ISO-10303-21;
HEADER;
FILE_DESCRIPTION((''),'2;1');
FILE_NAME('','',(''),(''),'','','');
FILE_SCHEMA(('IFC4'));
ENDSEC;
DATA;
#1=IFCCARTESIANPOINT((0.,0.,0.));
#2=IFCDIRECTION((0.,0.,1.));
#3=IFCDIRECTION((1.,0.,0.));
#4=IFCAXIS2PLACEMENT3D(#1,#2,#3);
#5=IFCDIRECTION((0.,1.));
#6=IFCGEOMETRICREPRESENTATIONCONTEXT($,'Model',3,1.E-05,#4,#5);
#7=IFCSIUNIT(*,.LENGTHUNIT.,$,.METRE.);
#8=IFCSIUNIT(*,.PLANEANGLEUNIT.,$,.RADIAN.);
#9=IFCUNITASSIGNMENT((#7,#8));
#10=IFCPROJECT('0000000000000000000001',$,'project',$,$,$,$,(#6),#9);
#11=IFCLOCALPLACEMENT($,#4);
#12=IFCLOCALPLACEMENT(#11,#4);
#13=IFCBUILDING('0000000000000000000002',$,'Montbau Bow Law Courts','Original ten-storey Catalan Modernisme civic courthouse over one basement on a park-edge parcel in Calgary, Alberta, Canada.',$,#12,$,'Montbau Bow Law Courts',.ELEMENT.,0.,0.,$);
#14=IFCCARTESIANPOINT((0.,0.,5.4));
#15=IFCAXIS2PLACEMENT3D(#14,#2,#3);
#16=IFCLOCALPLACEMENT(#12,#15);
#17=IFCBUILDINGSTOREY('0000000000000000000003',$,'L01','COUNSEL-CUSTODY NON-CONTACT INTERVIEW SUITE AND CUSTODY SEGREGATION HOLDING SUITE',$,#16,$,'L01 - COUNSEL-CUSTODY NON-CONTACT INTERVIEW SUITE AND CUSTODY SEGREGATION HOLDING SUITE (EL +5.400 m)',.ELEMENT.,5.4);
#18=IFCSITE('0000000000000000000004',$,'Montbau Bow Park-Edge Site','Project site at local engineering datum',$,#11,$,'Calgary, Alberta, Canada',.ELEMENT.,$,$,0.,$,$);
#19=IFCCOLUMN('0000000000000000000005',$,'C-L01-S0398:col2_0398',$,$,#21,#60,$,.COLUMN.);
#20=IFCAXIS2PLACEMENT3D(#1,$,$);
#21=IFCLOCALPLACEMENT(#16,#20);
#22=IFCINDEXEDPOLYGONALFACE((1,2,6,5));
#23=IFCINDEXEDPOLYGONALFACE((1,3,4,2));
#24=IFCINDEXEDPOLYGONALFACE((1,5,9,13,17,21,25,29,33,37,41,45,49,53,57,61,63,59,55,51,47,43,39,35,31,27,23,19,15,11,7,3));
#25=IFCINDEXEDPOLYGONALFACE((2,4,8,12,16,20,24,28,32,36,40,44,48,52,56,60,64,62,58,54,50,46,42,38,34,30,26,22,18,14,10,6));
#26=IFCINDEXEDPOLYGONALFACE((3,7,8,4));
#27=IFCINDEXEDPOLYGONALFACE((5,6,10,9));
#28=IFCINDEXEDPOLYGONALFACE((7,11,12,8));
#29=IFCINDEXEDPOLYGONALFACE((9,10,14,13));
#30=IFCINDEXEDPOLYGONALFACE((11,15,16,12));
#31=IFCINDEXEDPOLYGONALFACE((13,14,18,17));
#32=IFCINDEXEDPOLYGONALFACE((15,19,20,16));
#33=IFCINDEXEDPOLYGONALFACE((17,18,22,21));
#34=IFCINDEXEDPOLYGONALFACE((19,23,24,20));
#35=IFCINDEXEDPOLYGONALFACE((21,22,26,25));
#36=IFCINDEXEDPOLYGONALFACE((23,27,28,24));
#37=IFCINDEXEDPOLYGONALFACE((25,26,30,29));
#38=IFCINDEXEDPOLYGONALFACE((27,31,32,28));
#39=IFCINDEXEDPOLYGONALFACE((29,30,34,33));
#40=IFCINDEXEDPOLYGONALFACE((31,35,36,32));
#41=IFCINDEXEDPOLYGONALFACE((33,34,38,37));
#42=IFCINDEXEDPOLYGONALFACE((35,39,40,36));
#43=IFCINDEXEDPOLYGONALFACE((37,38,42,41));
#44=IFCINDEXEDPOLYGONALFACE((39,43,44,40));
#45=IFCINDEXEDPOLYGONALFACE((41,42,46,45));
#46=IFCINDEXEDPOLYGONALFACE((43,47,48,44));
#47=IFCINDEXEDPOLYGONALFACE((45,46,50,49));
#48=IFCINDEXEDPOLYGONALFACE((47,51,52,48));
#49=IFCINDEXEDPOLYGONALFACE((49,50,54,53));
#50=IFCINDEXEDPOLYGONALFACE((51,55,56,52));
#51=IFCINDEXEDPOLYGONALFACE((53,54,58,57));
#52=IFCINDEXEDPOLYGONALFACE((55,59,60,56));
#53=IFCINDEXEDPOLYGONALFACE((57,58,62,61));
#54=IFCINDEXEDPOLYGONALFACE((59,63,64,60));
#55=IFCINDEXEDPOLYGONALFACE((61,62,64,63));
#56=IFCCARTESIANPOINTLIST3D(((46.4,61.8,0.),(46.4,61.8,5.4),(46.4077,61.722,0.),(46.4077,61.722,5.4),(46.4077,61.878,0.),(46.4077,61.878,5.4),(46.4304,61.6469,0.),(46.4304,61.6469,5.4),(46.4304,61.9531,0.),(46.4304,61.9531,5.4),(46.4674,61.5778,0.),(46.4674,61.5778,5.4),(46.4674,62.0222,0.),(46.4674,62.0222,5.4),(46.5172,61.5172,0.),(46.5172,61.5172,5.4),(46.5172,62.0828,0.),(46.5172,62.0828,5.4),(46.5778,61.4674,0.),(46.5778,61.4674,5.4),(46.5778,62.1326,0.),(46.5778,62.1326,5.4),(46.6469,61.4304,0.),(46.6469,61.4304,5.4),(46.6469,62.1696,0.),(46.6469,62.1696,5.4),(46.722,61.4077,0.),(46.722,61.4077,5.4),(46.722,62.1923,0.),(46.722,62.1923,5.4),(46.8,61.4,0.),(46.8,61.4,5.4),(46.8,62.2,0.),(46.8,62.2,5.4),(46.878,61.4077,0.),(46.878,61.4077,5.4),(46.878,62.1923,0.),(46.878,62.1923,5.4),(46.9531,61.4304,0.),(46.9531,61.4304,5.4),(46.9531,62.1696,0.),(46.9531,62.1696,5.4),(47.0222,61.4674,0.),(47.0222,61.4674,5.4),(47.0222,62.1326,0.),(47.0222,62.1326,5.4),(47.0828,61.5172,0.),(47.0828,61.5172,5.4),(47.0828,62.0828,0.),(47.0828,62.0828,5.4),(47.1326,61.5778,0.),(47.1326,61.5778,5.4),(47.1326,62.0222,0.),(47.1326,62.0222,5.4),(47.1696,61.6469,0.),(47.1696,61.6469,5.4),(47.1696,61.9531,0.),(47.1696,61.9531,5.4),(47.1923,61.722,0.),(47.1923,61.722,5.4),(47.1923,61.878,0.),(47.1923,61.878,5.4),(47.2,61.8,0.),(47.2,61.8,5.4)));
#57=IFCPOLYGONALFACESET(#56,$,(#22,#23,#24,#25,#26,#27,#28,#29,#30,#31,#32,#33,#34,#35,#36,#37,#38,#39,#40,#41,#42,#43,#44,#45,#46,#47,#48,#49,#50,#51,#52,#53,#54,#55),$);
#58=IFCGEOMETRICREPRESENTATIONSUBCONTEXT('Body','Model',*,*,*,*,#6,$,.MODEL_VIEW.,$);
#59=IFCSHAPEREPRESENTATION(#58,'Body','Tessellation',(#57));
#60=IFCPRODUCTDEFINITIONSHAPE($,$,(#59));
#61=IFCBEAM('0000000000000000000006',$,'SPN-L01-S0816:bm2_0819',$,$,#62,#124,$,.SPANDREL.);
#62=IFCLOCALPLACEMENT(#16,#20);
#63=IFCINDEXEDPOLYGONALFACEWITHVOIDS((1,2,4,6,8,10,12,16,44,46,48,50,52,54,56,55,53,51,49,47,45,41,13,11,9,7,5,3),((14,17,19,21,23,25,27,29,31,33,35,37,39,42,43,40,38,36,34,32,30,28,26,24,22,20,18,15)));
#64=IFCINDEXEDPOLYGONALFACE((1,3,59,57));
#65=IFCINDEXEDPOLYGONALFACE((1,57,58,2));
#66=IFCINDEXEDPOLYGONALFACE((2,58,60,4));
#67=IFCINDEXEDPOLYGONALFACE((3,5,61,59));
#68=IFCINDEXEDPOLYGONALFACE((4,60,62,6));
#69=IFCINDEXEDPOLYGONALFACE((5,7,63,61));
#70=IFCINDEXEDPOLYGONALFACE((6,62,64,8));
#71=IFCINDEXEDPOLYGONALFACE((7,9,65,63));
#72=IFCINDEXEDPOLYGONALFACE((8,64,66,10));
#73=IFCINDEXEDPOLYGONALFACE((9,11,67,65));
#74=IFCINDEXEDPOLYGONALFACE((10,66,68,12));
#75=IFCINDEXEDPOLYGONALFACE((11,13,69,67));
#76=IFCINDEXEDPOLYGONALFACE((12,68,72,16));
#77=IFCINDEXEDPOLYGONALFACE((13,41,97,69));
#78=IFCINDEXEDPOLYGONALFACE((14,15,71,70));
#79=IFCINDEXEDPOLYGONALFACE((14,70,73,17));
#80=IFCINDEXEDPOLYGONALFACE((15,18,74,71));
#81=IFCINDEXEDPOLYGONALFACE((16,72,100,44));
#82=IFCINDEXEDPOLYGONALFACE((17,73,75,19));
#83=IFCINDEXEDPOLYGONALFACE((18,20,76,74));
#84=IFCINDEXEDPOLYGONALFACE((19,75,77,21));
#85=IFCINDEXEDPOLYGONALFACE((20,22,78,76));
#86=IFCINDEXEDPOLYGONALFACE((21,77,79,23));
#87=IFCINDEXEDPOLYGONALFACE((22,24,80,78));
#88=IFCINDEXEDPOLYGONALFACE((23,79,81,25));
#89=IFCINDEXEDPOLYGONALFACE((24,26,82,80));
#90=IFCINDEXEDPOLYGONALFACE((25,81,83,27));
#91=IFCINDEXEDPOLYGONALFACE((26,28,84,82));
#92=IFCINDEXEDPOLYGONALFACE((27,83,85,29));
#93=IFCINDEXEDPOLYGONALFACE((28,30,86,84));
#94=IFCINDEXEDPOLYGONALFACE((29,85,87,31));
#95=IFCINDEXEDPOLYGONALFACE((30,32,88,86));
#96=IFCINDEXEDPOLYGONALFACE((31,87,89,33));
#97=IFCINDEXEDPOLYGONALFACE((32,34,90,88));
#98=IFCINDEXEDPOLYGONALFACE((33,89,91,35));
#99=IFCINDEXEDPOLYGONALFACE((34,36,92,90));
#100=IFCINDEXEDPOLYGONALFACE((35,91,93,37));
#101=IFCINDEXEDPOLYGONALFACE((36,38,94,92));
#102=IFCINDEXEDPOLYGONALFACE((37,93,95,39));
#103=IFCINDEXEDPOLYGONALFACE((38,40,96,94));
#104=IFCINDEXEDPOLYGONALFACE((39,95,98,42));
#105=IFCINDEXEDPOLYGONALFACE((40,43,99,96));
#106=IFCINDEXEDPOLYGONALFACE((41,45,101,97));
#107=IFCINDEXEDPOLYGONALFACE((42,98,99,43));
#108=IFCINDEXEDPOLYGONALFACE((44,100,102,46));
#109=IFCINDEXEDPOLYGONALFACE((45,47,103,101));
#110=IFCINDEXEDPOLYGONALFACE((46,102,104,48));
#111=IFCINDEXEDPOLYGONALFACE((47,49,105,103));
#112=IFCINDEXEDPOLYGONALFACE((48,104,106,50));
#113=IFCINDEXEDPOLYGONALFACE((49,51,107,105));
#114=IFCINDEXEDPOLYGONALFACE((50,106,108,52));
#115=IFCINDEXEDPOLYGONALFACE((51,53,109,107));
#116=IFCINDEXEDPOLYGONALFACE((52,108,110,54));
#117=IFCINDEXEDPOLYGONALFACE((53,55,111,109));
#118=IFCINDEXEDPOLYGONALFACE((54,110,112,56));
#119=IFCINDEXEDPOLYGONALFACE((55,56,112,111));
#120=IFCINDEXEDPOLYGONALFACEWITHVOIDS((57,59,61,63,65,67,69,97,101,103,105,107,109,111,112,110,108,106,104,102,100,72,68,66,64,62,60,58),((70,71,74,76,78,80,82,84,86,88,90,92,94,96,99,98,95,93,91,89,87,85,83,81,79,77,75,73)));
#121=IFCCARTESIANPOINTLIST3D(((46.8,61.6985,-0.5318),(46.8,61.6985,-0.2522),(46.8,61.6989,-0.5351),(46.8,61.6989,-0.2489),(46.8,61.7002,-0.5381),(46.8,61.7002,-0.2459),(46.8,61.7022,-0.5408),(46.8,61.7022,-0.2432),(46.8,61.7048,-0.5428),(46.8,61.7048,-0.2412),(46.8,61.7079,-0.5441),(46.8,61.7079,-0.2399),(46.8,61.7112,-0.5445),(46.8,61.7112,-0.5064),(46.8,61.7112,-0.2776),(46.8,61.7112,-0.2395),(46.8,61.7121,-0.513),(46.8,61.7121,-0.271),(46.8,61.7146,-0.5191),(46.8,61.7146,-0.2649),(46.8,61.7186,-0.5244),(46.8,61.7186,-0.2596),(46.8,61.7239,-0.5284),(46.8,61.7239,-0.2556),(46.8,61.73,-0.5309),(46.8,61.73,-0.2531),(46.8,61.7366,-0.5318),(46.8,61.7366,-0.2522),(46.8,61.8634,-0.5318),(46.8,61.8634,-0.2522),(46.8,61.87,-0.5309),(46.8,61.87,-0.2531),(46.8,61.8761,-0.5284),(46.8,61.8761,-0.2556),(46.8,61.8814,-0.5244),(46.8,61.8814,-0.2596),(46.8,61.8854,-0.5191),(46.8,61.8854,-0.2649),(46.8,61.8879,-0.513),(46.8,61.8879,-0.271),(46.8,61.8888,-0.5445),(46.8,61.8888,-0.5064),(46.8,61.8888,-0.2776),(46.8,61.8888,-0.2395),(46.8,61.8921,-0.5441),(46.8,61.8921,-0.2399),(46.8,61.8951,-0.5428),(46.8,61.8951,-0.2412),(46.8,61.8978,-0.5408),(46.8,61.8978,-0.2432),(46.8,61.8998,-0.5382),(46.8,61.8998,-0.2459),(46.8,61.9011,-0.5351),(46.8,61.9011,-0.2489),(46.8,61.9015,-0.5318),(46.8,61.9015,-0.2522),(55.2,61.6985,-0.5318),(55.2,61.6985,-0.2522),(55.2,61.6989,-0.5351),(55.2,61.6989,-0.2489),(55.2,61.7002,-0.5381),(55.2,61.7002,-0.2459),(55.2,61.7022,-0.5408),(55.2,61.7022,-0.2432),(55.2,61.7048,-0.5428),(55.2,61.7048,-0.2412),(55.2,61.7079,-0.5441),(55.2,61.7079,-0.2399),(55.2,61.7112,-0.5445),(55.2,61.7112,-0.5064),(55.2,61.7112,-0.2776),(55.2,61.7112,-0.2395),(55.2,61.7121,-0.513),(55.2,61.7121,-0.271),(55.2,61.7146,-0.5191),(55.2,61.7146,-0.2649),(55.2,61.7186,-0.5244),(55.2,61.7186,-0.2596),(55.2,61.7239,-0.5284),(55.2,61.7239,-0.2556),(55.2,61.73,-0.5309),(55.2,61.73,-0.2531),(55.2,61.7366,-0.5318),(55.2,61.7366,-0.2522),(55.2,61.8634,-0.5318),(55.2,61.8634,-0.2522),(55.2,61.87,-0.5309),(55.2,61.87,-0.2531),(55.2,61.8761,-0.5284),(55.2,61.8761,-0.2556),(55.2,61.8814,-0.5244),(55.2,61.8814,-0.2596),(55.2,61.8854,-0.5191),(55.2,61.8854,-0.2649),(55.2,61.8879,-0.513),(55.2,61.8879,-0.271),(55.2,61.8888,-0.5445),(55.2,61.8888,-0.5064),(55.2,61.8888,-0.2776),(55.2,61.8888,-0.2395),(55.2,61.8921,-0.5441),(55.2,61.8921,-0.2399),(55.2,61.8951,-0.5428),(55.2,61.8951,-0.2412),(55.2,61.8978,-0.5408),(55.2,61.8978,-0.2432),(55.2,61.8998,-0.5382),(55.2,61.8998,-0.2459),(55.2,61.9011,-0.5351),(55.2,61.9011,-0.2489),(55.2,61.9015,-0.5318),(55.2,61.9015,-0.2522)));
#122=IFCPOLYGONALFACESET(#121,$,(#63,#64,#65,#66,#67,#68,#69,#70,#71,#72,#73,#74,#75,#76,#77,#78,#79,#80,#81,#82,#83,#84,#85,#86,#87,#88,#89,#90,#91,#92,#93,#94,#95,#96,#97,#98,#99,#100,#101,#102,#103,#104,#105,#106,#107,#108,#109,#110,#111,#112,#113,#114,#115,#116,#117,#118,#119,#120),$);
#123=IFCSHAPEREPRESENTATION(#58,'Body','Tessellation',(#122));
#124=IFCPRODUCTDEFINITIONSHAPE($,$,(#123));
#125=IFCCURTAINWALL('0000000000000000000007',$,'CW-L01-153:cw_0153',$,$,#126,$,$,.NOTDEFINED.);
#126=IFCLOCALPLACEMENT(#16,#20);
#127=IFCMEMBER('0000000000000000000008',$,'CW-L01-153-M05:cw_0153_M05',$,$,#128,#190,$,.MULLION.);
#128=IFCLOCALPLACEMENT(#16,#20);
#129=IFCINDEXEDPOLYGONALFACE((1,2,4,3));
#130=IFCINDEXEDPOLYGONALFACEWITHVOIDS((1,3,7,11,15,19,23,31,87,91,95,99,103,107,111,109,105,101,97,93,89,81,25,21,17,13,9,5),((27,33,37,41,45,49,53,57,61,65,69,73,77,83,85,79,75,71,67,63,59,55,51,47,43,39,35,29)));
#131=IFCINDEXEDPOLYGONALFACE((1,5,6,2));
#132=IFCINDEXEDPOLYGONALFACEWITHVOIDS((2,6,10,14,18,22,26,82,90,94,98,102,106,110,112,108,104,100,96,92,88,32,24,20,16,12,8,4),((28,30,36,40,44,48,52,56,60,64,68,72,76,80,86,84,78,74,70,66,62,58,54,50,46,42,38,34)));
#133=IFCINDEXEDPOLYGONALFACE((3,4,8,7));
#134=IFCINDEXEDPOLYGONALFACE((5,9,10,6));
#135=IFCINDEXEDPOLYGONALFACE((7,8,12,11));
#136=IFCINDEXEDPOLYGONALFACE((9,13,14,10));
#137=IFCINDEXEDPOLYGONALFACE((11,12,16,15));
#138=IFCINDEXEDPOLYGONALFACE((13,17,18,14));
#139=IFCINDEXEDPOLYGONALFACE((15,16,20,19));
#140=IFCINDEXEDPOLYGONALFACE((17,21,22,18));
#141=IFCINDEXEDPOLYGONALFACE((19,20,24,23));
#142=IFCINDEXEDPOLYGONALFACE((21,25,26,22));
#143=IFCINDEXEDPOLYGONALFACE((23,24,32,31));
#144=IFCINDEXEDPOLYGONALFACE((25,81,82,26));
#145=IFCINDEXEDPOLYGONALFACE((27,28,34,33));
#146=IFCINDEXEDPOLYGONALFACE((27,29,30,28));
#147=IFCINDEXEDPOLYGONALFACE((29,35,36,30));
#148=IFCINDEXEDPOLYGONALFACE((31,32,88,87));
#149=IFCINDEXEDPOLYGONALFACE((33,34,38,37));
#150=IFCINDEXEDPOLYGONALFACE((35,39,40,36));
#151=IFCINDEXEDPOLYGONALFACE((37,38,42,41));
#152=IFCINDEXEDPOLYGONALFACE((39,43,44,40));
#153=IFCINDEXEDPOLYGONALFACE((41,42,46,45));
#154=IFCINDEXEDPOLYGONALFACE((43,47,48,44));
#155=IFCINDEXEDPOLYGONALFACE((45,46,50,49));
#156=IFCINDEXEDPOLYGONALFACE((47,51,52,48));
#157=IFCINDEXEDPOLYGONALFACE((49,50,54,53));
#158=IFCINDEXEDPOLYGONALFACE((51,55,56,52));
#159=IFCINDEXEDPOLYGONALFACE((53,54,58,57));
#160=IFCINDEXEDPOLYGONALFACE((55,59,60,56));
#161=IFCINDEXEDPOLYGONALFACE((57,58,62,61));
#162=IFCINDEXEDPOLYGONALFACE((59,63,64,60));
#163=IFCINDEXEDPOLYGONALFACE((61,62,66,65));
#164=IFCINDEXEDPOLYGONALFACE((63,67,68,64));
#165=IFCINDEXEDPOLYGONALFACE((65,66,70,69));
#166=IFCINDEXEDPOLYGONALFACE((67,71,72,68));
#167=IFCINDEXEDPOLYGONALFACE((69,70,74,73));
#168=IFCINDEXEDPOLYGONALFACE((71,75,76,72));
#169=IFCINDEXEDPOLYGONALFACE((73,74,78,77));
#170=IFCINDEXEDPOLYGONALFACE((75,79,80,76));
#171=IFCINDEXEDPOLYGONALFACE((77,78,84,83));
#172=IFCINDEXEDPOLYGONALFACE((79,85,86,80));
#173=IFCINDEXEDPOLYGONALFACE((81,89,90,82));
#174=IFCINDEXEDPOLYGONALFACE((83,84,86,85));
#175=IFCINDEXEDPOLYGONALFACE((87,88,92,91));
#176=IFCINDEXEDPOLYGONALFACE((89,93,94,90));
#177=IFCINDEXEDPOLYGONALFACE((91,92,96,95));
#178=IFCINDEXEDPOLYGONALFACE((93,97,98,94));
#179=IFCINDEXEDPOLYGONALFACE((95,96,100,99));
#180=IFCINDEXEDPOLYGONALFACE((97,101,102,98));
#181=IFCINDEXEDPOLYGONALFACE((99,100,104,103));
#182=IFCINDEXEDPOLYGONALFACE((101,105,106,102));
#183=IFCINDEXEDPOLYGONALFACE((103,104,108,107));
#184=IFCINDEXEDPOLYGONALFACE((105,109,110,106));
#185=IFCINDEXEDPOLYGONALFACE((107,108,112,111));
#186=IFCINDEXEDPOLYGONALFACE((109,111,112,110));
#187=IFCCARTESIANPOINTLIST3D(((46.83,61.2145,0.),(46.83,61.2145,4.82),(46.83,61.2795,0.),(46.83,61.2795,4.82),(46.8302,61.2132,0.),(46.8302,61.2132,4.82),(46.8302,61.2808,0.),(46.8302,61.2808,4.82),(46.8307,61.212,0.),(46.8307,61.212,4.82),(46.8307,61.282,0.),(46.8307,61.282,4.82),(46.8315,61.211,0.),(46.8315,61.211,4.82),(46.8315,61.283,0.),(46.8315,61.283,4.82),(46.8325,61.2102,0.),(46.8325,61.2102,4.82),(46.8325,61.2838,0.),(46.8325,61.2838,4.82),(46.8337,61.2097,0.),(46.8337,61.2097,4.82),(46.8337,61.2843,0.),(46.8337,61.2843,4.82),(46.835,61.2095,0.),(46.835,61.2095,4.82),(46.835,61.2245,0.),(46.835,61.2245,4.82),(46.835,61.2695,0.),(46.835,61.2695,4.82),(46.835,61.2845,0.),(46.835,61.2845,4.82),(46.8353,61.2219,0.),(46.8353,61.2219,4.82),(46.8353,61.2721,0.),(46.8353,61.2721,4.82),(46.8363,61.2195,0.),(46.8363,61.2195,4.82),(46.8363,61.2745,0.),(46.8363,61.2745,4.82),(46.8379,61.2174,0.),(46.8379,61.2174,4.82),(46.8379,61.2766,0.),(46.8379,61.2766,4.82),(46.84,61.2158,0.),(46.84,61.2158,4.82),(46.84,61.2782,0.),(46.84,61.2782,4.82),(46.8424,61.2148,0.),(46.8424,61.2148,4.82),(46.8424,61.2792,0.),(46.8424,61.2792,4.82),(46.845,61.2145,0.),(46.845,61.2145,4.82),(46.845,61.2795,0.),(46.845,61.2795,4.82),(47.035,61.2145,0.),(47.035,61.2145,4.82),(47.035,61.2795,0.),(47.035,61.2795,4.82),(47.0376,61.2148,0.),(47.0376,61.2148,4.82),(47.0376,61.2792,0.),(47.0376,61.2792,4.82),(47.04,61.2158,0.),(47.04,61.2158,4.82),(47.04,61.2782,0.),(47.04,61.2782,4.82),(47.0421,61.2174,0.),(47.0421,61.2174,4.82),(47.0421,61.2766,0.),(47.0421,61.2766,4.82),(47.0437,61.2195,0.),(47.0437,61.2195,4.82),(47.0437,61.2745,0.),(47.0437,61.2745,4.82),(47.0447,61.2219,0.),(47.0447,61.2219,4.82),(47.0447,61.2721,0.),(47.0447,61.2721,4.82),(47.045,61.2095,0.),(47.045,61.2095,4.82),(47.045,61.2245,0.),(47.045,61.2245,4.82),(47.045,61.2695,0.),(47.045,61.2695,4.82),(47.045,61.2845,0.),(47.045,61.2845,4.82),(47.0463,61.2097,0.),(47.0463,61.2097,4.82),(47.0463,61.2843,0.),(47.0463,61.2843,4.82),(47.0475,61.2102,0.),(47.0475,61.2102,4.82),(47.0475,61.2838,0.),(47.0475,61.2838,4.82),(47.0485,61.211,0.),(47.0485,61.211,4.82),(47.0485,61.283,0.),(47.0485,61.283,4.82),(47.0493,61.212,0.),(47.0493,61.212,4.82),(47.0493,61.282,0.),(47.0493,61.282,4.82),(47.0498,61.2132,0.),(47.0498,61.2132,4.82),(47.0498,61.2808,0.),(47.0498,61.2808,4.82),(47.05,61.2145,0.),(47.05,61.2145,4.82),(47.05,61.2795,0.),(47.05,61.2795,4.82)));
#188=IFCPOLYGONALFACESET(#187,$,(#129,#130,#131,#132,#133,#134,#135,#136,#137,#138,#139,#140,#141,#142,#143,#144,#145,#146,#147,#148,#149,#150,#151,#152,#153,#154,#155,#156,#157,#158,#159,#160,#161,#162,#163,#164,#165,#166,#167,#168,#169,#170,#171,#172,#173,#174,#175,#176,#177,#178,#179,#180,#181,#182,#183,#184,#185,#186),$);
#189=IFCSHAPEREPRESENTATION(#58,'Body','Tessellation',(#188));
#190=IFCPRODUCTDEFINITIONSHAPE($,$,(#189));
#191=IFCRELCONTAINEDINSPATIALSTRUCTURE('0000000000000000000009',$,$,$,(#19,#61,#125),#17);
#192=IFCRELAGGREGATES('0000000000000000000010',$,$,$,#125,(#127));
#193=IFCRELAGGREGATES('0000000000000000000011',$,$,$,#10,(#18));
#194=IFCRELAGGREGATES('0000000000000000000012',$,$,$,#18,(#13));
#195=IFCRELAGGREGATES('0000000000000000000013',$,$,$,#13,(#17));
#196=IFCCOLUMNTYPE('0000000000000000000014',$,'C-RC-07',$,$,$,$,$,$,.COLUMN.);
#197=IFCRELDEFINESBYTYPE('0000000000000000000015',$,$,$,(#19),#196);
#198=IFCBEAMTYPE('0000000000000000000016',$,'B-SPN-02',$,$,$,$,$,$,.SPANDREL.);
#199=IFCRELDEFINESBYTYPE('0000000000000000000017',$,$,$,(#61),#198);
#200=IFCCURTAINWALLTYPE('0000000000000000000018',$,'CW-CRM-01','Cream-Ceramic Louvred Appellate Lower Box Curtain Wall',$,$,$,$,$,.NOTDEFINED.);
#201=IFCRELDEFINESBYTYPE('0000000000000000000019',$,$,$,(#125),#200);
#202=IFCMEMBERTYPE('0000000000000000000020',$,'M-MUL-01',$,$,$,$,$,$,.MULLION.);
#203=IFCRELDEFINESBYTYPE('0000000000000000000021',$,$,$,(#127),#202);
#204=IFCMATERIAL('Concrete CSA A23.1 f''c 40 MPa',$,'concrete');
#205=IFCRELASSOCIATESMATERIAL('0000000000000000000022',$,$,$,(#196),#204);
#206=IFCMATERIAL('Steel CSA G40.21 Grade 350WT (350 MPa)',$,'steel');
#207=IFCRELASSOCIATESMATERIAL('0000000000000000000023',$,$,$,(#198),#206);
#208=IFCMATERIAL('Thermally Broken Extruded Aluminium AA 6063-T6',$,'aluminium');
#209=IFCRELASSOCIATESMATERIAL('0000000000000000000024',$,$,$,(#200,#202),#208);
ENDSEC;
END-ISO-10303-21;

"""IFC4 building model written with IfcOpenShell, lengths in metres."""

from ifc_helpers import new_model, si_unit, direction, frame, origin_with_axes, origin_2d_with_axis, place, context, subcontext, project, spatial, hollow_rectangle, circle, extrude, material, material_profile, profile_set, type_object, element, aggregate, save


model = new_model("IFC4")

# Units and contexts
model_context = context("Model", 3, precision=1e-05, world=origin_with_axes(), true_north=direction((0.0, 1.0)))
body_context = subcontext(model_context, "Body", "Model", "MODEL_VIEW")
ifc_project = project(units=[si_unit("LENGTHUNIT", "METRE"), si_unit("PLANEANGLEUNIT", "RADIAN")], contexts=[model_context])

# Site, building, storey
site_placement = place(None, origin_with_axes())
site = spatial("IfcSite", under=ifc_project, at=site_placement, Name="Montbau Bow Park-Edge Site", Description="Project site at local engineering datum", LongName="Calgary, Alberta, Canada", CompositionType="ELEMENT", RefElevation=0.0)
building_placement = place(site_placement, origin_with_axes())
building = spatial("IfcBuilding", under=site, at=building_placement, Name="Montbau Bow Law Courts", Description="Original ten-storey Catalan Modernisme civic courthouse over one basement on a park-edge parcel in Calgary, Alberta, Canada.", LongName="Montbau Bow Law Courts", CompositionType="ELEMENT", ElevationOfRefHeight=0.0, ElevationOfTerrain=0.0)
storey_placement = place(building_placement, frame((0.0, 0.0, 5.4), z_axis=(0.0, 0.0, 1.0), x_axis=(1.0, 0.0, 0.0)))
storey = spatial("IfcBuildingStorey", under=building, at=storey_placement, Name="L01", Description="COUNSEL-CUSTODY NON-CONTACT INTERVIEW SUITE AND CUSTODY SEGREGATION HOLDING SUITE", LongName="L01 - COUNSEL-CUSTODY NON-CONTACT INTERVIEW SUITE AND CUSTODY SEGREGATION HOLDING SUITE (EL +5.400 m)", CompositionType="ELEMENT", Elevation=5.4)

# Column
ifc_material_1 = material(Name="Concrete CSA A23.1 f'c 40 MPa", Category="concrete")
ifc_material_profile_1 = material_profile(ifc_material_1, circle(Radius=0.4, at=origin_2d_with_axis()), Name="RC800D", Category="Main", Priority=0)
ifc_profile_set_1 = profile_set([ifc_material_profile_1], Name="Concrete CSA A23.1 f'c 40 MPa")
column_type = type_object("IfcColumnType", Name="C-RC-07", PredefinedType="COLUMN", material=ifc_profile_set_1)
column_placement = place(None, frame((46.8, 61.8, 5.4), z_axis=(0.0, 0.0, 1.0), x_axis=(1.0, 0.0, 0.0)))
element("IfcColumn", 1, at=column_placement, inside=storey, type_object=column_type, Name="C-L01-S0398:col2_0398", PredefinedType="COLUMN", context=body_context, shape_type="SweptSolid", body=[
    extrude(circle(Radius=0.4, at=origin_2d_with_axis()), origin_with_axes(), (0.0, 0.0, 1.0), 5.4),
])

# Beam
ifc_material_2 = material(Name="Steel CSA G40.21 Grade 350WT (350 MPa)", Category="steel")
ifc_material_profile_2 = material_profile(ifc_material_2, hollow_rectangle(XDim=0.203, YDim=0.305, WallThickness=0.0127, InnerFilletRadius=0.0254, OuterFilletRadius=0.0127, at=origin_2d_with_axis()), Name="HSS305X203X13", Category="Main", Priority=0)
ifc_profile_set_2 = profile_set([ifc_material_profile_2], Name="Steel CSA G40.21 Grade 350WT (350 MPa)")
beam_type = type_object("IfcBeamType", Name="B-SPN-02", PredefinedType="SPANDREL", material=ifc_profile_set_2)
beam_placement = place(None, frame((46.8, 61.8, 5.008), z_axis=(1.0, 0.0, 0.0), x_axis=(0.0, 1.0, 0.0)))
element("IfcBeam", 2, at=beam_placement, inside=storey, type_object=beam_type, Name="SPN-L01-S0816:bm2_0819", PredefinedType="SPANDREL", context=body_context, shape_type="SweptSolid", body=[
    extrude(hollow_rectangle(XDim=0.203, YDim=0.305, WallThickness=0.0127, InnerFilletRadius=0.0254, OuterFilletRadius=0.0127, at=origin_2d_with_axis()), origin_with_axes(), (0.0, 0.0, 1.0), 8.4),
])

# Curtain wall, member
ifc_material_3 = material(Name="Thermally Broken Extruded Aluminium AA 6063-T6", Category="aluminium")
curtain_wall_type = type_object("IfcCurtainWallType", Name="CW-CRM-01", Description="Cream-Ceramic Louvred Appellate Lower Box Curtain Wall", PredefinedType="NOTDEFINED", material=ifc_material_3)
curtain_wall_1_placement = place(None, frame((46.94, 55.115, 5.4), z_axis=(0.0, 0.0, 1.0), x_axis=(1.0, 0.0, 0.0)))
curtain_wall_1 = element("IfcCurtainWall", 3, at=curtain_wall_1_placement, inside=storey, type_object=curtain_wall_type, Name="CW-L01-153:cw_0153", PredefinedType="NOTDEFINED")
ifc_material_profile_3 = material_profile(ifc_material_3, hollow_rectangle(XDim=0.075, YDim=0.22, WallThickness=0.005, InnerFilletRadius=0.01, OuterFilletRadius=0.005, at=origin_2d_with_axis()), Name="CWM-220X75", Category="Main", Priority=0)
ifc_profile_set_3 = profile_set([ifc_material_profile_3], Name="Thermally Broken Extruded Aluminium AA 6063-T6")
member_type_1 = type_object("IfcMemberType", Name="M-MUL-01", PredefinedType="MULLION", material=ifc_profile_set_3)
member_1_placement = place(None, frame((46.94, 61.247, 5.4), z_axis=(0.0, 0.0, 1.0), x_axis=(0.0, 1.0, 0.0)))
member_1 = element("IfcMember", 4, at=member_1_placement, type_object=member_type_1, Name="CW-L01-153-M05:cw_0153_M05", PredefinedType="MULLION", context=body_context, shape_type="SweptSolid", body=[
    extrude(hollow_rectangle(XDim=0.075, YDim=0.22, WallThickness=0.005, InnerFilletRadius=0.01, OuterFilletRadius=0.005, at=origin_2d_with_axis()), origin_with_axes(), (0.0, 0.0, 1.0), 4.82),
])
aggregate(curtain_wall_1, [member_1])

save(model, "model.ifc")
